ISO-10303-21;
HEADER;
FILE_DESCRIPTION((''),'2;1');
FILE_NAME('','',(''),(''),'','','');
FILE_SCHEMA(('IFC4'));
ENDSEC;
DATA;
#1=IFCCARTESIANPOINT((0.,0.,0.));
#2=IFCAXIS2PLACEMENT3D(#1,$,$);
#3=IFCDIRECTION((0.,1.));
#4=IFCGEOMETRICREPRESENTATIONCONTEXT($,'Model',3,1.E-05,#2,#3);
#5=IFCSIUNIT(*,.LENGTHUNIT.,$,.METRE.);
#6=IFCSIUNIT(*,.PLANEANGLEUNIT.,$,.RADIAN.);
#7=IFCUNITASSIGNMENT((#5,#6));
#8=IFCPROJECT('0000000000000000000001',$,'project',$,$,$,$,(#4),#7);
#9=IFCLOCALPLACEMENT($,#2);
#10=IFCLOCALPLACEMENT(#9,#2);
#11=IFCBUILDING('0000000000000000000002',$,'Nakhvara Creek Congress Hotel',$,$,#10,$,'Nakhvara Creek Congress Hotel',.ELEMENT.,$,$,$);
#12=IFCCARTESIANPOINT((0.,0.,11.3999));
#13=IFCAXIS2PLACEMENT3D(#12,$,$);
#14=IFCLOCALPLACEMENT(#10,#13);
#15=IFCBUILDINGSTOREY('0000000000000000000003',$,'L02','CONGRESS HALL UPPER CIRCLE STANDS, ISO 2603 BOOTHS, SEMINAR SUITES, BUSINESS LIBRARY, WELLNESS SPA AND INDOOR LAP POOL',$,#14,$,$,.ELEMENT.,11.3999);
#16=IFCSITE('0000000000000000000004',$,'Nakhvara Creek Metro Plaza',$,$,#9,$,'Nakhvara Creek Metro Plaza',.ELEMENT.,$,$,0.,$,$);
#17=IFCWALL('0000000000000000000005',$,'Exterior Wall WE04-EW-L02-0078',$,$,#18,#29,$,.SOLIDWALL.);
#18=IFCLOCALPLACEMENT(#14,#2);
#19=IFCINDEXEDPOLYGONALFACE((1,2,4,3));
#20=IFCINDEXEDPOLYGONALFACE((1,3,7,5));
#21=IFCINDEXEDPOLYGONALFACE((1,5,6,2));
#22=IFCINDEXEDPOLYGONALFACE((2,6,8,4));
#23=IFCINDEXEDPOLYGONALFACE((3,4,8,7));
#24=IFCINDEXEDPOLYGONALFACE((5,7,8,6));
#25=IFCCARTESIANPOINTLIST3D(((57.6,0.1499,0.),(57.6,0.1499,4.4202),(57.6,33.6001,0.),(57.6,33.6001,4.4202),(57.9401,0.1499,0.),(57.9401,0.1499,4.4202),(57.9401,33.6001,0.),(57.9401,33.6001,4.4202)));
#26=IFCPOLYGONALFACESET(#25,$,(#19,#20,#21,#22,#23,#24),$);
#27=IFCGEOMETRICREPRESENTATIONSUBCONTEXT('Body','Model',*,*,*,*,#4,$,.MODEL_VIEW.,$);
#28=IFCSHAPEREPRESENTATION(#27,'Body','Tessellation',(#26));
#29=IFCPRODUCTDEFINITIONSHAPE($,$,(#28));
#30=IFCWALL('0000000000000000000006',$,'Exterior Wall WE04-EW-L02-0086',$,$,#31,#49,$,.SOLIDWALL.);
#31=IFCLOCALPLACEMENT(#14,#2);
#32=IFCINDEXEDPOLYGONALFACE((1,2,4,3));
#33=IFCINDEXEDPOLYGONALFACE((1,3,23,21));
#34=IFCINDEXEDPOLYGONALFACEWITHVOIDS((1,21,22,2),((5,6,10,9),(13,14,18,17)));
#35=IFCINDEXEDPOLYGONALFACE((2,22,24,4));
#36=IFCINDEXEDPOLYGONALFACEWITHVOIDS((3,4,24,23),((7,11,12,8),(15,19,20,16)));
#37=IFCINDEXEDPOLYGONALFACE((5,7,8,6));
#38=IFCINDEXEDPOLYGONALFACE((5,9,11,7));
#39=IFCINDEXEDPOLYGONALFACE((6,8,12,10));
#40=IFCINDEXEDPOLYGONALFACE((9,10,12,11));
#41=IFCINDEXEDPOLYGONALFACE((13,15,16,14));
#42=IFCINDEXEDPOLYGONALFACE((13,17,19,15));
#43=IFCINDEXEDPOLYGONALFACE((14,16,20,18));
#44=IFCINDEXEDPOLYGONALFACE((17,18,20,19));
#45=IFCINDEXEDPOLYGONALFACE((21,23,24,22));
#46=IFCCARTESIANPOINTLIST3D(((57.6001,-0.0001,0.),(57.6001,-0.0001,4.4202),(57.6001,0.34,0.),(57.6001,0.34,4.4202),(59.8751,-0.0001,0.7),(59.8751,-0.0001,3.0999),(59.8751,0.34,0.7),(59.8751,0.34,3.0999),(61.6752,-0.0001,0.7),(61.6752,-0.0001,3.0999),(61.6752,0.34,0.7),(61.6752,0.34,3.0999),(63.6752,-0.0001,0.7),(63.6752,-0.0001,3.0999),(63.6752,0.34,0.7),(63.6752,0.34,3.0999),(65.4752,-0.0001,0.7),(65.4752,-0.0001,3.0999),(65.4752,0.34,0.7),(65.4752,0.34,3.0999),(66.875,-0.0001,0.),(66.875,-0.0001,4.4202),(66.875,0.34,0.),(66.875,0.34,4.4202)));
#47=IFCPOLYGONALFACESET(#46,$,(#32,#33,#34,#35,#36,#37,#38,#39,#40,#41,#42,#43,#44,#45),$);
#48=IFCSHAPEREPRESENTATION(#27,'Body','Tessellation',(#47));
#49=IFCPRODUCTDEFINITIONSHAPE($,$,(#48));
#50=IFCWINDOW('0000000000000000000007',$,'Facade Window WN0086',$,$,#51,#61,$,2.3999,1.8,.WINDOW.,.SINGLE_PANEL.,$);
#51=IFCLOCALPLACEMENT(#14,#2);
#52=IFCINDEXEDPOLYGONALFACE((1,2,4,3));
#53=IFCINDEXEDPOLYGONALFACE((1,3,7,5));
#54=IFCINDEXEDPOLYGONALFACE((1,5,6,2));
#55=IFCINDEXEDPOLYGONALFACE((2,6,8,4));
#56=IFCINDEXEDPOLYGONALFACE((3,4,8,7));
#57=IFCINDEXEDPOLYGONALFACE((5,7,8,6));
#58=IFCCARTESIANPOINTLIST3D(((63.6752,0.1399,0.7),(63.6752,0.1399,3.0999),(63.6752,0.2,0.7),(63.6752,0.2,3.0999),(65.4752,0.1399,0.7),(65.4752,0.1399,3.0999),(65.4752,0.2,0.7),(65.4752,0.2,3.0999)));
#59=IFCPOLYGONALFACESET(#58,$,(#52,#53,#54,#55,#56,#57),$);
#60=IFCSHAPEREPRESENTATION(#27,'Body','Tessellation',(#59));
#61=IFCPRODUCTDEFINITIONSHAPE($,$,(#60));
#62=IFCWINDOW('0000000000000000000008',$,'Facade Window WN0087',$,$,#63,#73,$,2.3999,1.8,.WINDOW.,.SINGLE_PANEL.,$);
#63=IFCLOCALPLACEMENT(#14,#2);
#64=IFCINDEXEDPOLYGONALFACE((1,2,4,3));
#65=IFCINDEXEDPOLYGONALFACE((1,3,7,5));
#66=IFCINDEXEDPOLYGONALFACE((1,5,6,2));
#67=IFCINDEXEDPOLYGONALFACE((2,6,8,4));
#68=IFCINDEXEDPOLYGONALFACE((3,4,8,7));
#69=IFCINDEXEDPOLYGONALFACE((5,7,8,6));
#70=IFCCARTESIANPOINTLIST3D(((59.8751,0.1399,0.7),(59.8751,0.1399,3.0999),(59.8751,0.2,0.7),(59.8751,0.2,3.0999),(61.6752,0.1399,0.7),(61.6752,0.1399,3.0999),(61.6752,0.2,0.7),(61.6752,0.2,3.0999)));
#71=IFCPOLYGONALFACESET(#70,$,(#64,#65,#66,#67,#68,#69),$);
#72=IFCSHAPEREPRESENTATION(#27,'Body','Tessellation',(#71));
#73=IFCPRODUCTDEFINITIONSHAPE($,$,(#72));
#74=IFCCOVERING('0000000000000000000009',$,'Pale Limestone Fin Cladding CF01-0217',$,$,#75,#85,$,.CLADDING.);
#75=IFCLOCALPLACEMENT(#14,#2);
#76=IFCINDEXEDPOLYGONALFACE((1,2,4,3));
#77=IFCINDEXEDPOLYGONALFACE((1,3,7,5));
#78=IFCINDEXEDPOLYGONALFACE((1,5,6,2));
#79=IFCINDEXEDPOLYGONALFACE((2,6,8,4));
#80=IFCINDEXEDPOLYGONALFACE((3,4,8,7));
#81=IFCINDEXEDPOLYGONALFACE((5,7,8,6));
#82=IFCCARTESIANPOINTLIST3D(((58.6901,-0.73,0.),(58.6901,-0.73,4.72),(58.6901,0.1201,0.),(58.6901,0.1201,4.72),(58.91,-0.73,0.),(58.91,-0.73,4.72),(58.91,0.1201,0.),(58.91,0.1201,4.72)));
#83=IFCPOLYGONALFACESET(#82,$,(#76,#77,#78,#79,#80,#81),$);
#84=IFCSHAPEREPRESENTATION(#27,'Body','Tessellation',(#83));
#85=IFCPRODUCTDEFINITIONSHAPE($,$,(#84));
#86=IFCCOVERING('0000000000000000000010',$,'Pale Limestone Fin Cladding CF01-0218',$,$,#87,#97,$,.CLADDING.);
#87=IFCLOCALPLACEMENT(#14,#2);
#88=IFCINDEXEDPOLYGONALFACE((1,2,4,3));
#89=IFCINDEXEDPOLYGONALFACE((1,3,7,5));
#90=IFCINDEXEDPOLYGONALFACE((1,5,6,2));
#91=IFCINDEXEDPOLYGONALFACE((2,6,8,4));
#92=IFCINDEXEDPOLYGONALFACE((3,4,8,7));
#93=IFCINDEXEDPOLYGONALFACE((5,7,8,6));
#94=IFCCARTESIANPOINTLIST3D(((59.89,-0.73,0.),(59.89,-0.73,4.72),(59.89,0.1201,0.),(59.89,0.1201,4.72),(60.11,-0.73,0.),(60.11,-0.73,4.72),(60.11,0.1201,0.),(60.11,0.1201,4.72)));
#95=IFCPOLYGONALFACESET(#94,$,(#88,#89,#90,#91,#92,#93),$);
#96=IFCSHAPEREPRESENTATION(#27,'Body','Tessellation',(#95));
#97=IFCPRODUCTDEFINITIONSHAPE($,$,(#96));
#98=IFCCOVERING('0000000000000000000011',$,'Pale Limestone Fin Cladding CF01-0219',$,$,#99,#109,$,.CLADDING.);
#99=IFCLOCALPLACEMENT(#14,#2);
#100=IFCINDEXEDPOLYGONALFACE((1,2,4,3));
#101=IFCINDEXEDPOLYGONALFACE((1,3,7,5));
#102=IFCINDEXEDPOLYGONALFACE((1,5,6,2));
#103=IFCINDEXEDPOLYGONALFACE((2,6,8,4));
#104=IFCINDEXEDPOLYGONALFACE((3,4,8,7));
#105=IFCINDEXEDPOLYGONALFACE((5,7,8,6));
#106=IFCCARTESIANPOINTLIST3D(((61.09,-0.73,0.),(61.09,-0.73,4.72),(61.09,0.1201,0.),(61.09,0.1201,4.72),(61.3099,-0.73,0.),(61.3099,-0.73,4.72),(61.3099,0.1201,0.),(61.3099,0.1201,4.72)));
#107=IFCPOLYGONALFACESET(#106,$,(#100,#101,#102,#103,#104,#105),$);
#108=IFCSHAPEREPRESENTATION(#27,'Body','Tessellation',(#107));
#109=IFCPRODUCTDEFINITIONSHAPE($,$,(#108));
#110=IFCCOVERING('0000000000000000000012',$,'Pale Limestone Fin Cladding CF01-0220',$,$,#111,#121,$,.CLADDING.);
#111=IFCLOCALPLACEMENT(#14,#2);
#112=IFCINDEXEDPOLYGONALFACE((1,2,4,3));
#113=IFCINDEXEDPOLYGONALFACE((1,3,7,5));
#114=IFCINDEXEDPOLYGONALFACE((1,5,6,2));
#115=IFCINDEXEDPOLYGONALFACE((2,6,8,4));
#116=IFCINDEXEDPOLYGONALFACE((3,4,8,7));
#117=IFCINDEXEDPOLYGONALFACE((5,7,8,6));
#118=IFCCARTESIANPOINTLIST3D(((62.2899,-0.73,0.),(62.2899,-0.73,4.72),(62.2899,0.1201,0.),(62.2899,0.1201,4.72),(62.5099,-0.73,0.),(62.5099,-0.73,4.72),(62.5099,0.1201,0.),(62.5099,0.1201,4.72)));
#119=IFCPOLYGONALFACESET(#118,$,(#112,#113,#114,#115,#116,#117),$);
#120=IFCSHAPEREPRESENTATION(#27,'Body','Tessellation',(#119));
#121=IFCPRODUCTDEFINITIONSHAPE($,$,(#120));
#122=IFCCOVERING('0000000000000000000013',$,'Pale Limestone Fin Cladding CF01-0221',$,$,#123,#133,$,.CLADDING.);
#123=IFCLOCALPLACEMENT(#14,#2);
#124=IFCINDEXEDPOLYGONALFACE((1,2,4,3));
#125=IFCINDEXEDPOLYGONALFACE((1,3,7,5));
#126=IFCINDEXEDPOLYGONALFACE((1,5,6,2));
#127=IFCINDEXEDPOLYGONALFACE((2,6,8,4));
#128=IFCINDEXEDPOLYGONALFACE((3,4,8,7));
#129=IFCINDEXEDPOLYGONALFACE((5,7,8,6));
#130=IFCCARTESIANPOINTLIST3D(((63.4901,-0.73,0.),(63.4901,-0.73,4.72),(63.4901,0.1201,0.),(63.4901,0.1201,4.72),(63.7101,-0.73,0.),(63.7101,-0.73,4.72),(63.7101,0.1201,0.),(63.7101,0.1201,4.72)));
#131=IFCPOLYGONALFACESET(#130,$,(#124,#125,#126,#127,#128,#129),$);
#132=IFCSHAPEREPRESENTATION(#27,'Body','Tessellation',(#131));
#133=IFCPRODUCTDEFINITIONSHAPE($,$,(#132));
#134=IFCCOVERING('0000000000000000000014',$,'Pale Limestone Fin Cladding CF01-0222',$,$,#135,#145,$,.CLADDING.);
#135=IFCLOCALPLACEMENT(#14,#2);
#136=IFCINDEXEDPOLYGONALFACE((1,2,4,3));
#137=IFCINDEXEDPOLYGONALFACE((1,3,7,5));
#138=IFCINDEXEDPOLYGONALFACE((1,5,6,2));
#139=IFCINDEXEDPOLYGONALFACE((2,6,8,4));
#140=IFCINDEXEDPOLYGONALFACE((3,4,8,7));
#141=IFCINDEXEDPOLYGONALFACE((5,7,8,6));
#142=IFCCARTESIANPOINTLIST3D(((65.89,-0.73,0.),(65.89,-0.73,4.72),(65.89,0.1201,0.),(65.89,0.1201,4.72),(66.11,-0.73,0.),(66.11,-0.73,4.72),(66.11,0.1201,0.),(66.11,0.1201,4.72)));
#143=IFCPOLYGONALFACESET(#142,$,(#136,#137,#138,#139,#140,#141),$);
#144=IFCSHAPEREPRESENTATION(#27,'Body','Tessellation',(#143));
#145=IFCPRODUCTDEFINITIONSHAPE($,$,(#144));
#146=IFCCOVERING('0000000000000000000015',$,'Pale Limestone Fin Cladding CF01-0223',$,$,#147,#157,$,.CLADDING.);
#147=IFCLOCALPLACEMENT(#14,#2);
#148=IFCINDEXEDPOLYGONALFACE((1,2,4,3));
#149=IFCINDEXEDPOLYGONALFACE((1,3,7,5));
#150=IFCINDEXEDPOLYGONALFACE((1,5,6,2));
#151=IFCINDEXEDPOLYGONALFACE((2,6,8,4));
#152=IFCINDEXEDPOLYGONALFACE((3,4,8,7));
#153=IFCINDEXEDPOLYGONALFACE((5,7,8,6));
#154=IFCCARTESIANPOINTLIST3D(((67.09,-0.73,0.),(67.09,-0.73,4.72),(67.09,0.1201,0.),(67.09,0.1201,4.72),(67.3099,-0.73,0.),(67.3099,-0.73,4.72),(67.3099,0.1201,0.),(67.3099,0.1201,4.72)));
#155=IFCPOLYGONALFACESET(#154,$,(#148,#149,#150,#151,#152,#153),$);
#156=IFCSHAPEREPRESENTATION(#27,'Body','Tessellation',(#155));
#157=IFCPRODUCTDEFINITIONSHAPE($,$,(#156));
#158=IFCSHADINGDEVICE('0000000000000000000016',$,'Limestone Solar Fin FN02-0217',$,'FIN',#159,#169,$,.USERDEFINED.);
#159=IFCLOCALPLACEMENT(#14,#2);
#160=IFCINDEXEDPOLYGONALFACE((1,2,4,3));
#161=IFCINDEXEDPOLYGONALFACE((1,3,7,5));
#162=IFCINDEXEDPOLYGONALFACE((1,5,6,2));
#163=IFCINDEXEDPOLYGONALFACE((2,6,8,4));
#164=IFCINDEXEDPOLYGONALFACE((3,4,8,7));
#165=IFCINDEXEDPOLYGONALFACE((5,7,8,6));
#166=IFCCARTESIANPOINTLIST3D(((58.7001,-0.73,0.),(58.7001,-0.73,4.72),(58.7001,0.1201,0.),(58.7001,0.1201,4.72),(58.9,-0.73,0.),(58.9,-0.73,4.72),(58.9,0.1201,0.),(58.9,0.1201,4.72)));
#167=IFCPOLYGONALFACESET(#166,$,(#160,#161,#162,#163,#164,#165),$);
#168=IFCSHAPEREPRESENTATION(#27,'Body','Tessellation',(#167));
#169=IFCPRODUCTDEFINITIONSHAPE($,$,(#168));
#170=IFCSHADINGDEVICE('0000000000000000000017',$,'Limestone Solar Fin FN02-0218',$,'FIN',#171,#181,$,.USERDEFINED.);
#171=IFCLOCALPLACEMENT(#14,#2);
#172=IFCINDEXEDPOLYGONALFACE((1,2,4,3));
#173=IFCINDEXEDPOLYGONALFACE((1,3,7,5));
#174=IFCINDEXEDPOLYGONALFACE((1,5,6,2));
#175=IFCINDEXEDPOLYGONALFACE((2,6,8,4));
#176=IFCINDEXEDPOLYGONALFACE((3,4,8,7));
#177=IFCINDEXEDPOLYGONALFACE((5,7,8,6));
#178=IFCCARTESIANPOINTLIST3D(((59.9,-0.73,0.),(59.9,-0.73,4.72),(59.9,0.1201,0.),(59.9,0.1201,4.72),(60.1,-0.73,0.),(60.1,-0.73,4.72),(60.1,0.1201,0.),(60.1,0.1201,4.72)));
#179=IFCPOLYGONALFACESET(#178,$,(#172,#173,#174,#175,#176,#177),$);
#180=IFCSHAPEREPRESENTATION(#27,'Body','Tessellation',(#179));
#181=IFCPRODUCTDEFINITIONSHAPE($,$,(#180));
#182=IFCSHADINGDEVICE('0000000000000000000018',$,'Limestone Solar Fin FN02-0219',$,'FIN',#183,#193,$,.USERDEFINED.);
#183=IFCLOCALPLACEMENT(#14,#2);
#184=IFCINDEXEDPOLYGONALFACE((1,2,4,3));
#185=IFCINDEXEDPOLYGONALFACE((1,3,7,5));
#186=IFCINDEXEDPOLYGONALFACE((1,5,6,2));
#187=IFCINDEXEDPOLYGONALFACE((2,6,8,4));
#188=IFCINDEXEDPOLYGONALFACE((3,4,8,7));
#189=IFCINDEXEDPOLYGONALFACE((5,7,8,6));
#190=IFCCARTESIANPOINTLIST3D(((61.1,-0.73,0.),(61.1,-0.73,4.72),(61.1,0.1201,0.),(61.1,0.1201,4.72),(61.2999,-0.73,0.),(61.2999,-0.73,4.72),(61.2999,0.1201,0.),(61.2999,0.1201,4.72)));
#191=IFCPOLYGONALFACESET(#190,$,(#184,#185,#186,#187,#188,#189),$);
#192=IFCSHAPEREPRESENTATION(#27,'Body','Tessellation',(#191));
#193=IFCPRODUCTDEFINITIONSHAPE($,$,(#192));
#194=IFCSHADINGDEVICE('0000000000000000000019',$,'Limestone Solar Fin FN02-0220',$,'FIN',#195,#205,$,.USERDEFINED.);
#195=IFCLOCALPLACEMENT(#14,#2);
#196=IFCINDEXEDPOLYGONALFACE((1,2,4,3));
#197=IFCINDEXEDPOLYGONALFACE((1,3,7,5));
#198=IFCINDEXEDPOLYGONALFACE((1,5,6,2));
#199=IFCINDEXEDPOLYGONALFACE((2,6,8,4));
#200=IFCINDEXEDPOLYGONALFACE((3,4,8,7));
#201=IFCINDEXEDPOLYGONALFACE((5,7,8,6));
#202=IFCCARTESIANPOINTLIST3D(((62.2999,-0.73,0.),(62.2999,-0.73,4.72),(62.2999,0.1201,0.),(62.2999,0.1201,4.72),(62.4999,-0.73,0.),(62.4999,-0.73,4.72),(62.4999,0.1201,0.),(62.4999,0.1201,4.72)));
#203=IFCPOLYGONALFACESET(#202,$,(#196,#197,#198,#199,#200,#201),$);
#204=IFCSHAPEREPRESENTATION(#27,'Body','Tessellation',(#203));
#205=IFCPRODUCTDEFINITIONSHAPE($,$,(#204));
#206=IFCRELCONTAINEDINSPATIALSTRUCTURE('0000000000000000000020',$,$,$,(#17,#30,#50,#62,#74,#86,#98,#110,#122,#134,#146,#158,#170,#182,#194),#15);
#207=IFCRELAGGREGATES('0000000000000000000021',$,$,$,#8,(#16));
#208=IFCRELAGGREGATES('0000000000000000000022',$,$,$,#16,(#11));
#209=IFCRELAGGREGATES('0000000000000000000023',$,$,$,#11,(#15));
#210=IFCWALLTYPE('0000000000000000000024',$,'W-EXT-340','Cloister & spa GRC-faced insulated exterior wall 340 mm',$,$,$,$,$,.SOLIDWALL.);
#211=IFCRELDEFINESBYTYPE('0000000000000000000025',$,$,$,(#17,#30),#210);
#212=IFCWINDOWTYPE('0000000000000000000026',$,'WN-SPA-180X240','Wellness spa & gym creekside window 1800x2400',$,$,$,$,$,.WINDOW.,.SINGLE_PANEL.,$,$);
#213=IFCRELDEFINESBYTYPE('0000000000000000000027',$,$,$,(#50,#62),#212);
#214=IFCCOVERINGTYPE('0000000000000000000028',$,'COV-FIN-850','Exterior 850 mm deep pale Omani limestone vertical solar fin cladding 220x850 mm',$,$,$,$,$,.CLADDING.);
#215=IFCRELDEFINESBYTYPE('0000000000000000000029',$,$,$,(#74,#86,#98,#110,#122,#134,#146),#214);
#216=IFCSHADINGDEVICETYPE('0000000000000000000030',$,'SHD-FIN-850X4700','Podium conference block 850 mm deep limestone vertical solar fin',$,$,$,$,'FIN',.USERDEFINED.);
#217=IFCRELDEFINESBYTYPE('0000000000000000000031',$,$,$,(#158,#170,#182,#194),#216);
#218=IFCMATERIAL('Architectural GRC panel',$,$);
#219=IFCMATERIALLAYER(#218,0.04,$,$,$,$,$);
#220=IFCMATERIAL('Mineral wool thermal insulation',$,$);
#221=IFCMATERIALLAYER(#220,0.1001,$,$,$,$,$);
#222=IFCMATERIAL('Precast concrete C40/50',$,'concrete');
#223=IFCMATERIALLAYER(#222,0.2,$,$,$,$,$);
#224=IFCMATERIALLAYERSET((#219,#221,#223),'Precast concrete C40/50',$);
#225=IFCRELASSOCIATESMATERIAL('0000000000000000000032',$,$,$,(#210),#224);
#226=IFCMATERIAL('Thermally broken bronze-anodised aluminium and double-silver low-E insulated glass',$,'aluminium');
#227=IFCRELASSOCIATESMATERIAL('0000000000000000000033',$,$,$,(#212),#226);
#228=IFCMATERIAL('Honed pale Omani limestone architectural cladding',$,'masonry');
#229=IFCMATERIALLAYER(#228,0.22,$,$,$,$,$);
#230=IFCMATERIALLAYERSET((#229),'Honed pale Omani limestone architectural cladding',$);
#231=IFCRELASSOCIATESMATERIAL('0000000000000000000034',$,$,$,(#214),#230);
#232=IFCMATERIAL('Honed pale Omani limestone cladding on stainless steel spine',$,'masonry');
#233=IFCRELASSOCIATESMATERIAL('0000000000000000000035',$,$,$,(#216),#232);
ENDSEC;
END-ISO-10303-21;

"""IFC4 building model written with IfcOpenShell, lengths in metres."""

from ifc_helpers import new_model, si_unit, direction, frame, frame_2d, origin, origin_2d, place, context, subcontext, project, spatial, rectangle, extrude, material, layer, layer_set, type_object, element, fill, save


model = new_model("IFC4")

# Units and contexts
model_context = context("Model", 3, precision=1e-05, world=origin(), true_north=direction((0.0, 1.0)))
body_context = subcontext(model_context, "Body", "Model", "MODEL_VIEW")
ifc_project = project(units=[si_unit("LENGTHUNIT", "METRE"), si_unit("PLANEANGLEUNIT", "RADIAN")], contexts=[model_context])

# Site, building, storey
site_placement = place(None, origin())
site = spatial("IfcSite", under=ifc_project, at=site_placement, Name="Nakhvara Creek Metro Plaza", LongName="Nakhvara Creek Metro Plaza", CompositionType="ELEMENT", RefElevation=0.0)
building_placement = place(site_placement, origin())
building = spatial("IfcBuilding", under=site, at=building_placement, Name="Nakhvara Creek Congress Hotel", LongName="Nakhvara Creek Congress Hotel", CompositionType="ELEMENT")
storey_placement = place(building_placement, frame((0.0, 0.0, 11.3999)))
storey = spatial("IfcBuildingStorey", under=building, at=storey_placement, Name="L02", Description="CONGRESS HALL UPPER CIRCLE STANDS, ISO 2603 BOOTHS, SEMINAR SUITES, BUSINESS LIBRARY, WELLNESS SPA AND INDOOR LAP POOL", CompositionType="ELEMENT", Elevation=11.3999)

# Wall
ifc_material_1 = material(Name="Architectural GRC panel")
ifc_layer_1 = layer(ifc_material_1, 0.04)
ifc_material_2 = material(Name="Mineral wool thermal insulation")
ifc_layer_2 = layer(ifc_material_2, 0.1001)
ifc_material_3 = material(Name="Precast concrete C40/50", Category="concrete")
ifc_layer_3 = layer(ifc_material_3, 0.2)
ifc_layer_set_1 = layer_set([ifc_layer_1, ifc_layer_2, ifc_layer_3], Name="Precast concrete C40/50")
wall_type = type_object("IfcWallType", Name="W-EXT-340", Description="Cloister & spa GRC-faced insulated exterior wall 340 mm", PredefinedType="SOLIDWALL", material=ifc_layer_set_1)
wall_1_placement = place(storey_placement, frame((57.77, 0.1499, 0.0), z_axis=(0.0, 0.0, 1.0), x_axis=(0.0, 1.0, 0.0)))
element("IfcWall", 1, at=wall_1_placement, inside=storey, type_object=wall_type, Name="Exterior Wall WE04-EW-L02-0078", PredefinedType="SOLIDWALL", context=body_context, shape_type="SweptSolid", body=[
    extrude(rectangle(XDim=33.4502, YDim=0.3401, at=frame_2d((16.7251, 0.0))), origin(), (0.0, 0.0, 1.0), 4.4202),
])

# Wall, openings, windows
wall_2_placement = place(storey_placement, frame((66.875, 0.1699, 0.0), z_axis=(0.0, 0.0, 1.0), x_axis=(-1.0, 0.0, 0.0)))
wall_2 = element("IfcWall", 2, at=wall_2_placement, inside=storey, type_object=wall_type, Name="Exterior Wall WE04-EW-L02-0086", PredefinedType="SOLIDWALL", context=body_context, shape_type="SweptSolid", body=[
    extrude(rectangle(XDim=9.2749, YDim=0.3401, at=frame_2d((4.6375, 0.0))), origin(), (0.0, 0.0, 1.0), 4.4202),
])
opening_1_placement = place(wall_2_placement, frame((1.3999, 0.0, 0.7)))
opening_1 = element("IfcOpeningElement", 3, at=opening_1_placement, cuts=wall_2, PredefinedType="OPENING", context=body_context, shape_type="SweptSolid", body=[
    extrude(rectangle(XDim=1.8, YDim=2.3999, at=frame_2d((0.8999, 1.2))), frame((0.0, 0.1821, 0.0), z_axis=(0.0, -1.0, 0.0), x_axis=(1.0, 0.0, 0.0)), (0.0, 0.0, 1.0), 0.364),
])
opening_2_placement = place(wall_2_placement, frame((5.2, 0.0, 0.7)))
opening_2 = element("IfcOpeningElement", 4, at=opening_2_placement, cuts=wall_2, PredefinedType="OPENING", context=body_context, shape_type="SweptSolid", body=[
    extrude(rectangle(XDim=1.8, YDim=2.3999, at=frame_2d((0.8999, 1.2))), frame((0.0, 0.1821, 0.0), z_axis=(0.0, -1.0, 0.0), x_axis=(1.0, 0.0, 0.0)), (0.0, 0.0, 1.0), 0.364),
])
ifc_material_4 = material(Name="Thermally broken bronze-anodised aluminium and double-silver low-E insulated glass", Category="aluminium")
window_type = type_object("IfcWindowType", Name="WN-SPA-180X240", Description="Wellness spa & gym creekside window 1800x2400", PartitioningType="SINGLE_PANEL", PredefinedType="WINDOW", material=ifc_material_4)
window_1_placement = place(opening_1_placement, origin())
window_1 = element("IfcWindow", 5, at=window_1_placement, inside=storey, type_object=window_type, Name="Facade Window WN0086", OverallHeight=2.3999, OverallWidth=1.8, PartitioningType="SINGLE_PANEL", PredefinedType="WINDOW", context=body_context, shape_type="SweptSolid", body=[
    extrude(rectangle(XDim=1.8, YDim=2.3999, at=frame_2d((0.8999, 1.2))), frame((0.0, 0.03, 0.0), z_axis=(0.0, -1.0, 0.0), x_axis=(1.0, 0.0, 0.0)), (0.0, 0.0, 1.0), 0.0601),
])
fill(opening_1, window_1)
window_2_placement = place(opening_2_placement, origin())
window_2 = element("IfcWindow", 6, at=window_2_placement, inside=storey, type_object=window_type, Name="Facade Window WN0087", OverallHeight=2.3999, OverallWidth=1.8, PartitioningType="SINGLE_PANEL", PredefinedType="WINDOW", context=body_context, shape_type="SweptSolid", body=[
    extrude(rectangle(XDim=1.8, YDim=2.3999, at=frame_2d((0.8999, 1.2))), frame((0.0, 0.03, 0.0), z_axis=(0.0, -1.0, 0.0), x_axis=(1.0, 0.0, 0.0)), (0.0, 0.0, 1.0), 0.0601),
])
fill(opening_2, window_2)

# Coverings
ifc_material_5 = material(Name="Honed pale Omani limestone architectural cladding", Category="masonry")
ifc_layer_4 = layer(ifc_material_5, 0.22)
ifc_layer_set_2 = layer_set([ifc_layer_4], Name="Honed pale Omani limestone architectural cladding")
covering_type = type_object("IfcCoveringType", Name="COV-FIN-850", Description="Exterior 850 mm deep pale Omani limestone vertical solar fin cladding 220x850 mm", PredefinedType="CLADDING", material=ifc_layer_set_2)
for number, where, z_axis, x_axis, name in (
    (7, (58.8, -0.3049, 0.0), (0.0, 0.0, 1.0), (1.0, 0.0, 0.0), "Pale Limestone Fin Cladding CF01-0217"),
    (8, (60.0, -0.3049, 0.0), (0.0, 0.0, 1.0), (1.0, 0.0, 0.0), "Pale Limestone Fin Cladding CF01-0218"),
    (9, (61.2, -0.3049, 0.0), (0.0, 0.0, 1.0), (1.0, 0.0, 0.0), "Pale Limestone Fin Cladding CF01-0219"),
    (10, (62.3999, -0.3049, 0.0), (0.0, 0.0, 1.0), (1.0, 0.0, 0.0), "Pale Limestone Fin Cladding CF01-0220"),
    (11, (63.6001, -0.3049, 0.0), (0.0, 0.0, 1.0), (1.0, 0.0, 0.0), "Pale Limestone Fin Cladding CF01-0221"),
    (12, (66.0, -0.3049, 0.0), (0.0, 0.0, 1.0), (1.0, 0.0, 0.0), "Pale Limestone Fin Cladding CF01-0222"),
    (13, (67.2, -0.3049, 0.0), (0.0, 0.0, 1.0), (1.0, 0.0, 0.0), "Pale Limestone Fin Cladding CF01-0223"),
):
    element("IfcCovering", number, at=place(storey_placement, frame(where, z_axis=z_axis, x_axis=x_axis)), inside=storey, type_object=covering_type, Name=name, PredefinedType="CLADDING", context=body_context, shape_type="SweptSolid", body=[
        extrude(rectangle(XDim=0.22, YDim=0.8501, at=origin_2d()), origin(), (0.0, 0.0, 1.0), 4.72),
    ])

# Shading devices
ifc_material_6 = material(Name="Honed pale Omani limestone cladding on stainless steel spine", Category="masonry")
shading_device_type = type_object("IfcShadingDeviceType", Name="SHD-FIN-850X4700", Description="Podium conference block 850 mm deep limestone vertical solar fin", ElementType="FIN", PredefinedType="USERDEFINED", material=ifc_material_6)
for number, where, z_axis, x_axis, name in (
    (14, (58.8, -0.3049, 0.0), (0.0, 0.0, 1.0), (1.0, 0.0, 0.0), "Limestone Solar Fin FN02-0217"),
    (15, (60.0, -0.3049, 0.0), (0.0, 0.0, 1.0), (1.0, 0.0, 0.0), "Limestone Solar Fin FN02-0218"),
    (16, (61.2, -0.3049, 0.0), (0.0, 0.0, 1.0), (1.0, 0.0, 0.0), "Limestone Solar Fin FN02-0219"),
    (17, (62.3999, -0.3049, 0.0), (0.0, 0.0, 1.0), (1.0, 0.0, 0.0), "Limestone Solar Fin FN02-0220"),
):
    element("IfcShadingDevice", number, at=place(storey_placement, frame(where, z_axis=z_axis, x_axis=x_axis)), inside=storey, type_object=shading_device_type, Name=name, ObjectType="FIN", PredefinedType="USERDEFINED", context=body_context, shape_type="SweptSolid", body=[
        extrude(rectangle(XDim=0.2, YDim=0.8501, at=origin_2d()), origin(), (0.0, 0.0, 1.0), 4.72),
    ])

save(model, "model.ifc")
